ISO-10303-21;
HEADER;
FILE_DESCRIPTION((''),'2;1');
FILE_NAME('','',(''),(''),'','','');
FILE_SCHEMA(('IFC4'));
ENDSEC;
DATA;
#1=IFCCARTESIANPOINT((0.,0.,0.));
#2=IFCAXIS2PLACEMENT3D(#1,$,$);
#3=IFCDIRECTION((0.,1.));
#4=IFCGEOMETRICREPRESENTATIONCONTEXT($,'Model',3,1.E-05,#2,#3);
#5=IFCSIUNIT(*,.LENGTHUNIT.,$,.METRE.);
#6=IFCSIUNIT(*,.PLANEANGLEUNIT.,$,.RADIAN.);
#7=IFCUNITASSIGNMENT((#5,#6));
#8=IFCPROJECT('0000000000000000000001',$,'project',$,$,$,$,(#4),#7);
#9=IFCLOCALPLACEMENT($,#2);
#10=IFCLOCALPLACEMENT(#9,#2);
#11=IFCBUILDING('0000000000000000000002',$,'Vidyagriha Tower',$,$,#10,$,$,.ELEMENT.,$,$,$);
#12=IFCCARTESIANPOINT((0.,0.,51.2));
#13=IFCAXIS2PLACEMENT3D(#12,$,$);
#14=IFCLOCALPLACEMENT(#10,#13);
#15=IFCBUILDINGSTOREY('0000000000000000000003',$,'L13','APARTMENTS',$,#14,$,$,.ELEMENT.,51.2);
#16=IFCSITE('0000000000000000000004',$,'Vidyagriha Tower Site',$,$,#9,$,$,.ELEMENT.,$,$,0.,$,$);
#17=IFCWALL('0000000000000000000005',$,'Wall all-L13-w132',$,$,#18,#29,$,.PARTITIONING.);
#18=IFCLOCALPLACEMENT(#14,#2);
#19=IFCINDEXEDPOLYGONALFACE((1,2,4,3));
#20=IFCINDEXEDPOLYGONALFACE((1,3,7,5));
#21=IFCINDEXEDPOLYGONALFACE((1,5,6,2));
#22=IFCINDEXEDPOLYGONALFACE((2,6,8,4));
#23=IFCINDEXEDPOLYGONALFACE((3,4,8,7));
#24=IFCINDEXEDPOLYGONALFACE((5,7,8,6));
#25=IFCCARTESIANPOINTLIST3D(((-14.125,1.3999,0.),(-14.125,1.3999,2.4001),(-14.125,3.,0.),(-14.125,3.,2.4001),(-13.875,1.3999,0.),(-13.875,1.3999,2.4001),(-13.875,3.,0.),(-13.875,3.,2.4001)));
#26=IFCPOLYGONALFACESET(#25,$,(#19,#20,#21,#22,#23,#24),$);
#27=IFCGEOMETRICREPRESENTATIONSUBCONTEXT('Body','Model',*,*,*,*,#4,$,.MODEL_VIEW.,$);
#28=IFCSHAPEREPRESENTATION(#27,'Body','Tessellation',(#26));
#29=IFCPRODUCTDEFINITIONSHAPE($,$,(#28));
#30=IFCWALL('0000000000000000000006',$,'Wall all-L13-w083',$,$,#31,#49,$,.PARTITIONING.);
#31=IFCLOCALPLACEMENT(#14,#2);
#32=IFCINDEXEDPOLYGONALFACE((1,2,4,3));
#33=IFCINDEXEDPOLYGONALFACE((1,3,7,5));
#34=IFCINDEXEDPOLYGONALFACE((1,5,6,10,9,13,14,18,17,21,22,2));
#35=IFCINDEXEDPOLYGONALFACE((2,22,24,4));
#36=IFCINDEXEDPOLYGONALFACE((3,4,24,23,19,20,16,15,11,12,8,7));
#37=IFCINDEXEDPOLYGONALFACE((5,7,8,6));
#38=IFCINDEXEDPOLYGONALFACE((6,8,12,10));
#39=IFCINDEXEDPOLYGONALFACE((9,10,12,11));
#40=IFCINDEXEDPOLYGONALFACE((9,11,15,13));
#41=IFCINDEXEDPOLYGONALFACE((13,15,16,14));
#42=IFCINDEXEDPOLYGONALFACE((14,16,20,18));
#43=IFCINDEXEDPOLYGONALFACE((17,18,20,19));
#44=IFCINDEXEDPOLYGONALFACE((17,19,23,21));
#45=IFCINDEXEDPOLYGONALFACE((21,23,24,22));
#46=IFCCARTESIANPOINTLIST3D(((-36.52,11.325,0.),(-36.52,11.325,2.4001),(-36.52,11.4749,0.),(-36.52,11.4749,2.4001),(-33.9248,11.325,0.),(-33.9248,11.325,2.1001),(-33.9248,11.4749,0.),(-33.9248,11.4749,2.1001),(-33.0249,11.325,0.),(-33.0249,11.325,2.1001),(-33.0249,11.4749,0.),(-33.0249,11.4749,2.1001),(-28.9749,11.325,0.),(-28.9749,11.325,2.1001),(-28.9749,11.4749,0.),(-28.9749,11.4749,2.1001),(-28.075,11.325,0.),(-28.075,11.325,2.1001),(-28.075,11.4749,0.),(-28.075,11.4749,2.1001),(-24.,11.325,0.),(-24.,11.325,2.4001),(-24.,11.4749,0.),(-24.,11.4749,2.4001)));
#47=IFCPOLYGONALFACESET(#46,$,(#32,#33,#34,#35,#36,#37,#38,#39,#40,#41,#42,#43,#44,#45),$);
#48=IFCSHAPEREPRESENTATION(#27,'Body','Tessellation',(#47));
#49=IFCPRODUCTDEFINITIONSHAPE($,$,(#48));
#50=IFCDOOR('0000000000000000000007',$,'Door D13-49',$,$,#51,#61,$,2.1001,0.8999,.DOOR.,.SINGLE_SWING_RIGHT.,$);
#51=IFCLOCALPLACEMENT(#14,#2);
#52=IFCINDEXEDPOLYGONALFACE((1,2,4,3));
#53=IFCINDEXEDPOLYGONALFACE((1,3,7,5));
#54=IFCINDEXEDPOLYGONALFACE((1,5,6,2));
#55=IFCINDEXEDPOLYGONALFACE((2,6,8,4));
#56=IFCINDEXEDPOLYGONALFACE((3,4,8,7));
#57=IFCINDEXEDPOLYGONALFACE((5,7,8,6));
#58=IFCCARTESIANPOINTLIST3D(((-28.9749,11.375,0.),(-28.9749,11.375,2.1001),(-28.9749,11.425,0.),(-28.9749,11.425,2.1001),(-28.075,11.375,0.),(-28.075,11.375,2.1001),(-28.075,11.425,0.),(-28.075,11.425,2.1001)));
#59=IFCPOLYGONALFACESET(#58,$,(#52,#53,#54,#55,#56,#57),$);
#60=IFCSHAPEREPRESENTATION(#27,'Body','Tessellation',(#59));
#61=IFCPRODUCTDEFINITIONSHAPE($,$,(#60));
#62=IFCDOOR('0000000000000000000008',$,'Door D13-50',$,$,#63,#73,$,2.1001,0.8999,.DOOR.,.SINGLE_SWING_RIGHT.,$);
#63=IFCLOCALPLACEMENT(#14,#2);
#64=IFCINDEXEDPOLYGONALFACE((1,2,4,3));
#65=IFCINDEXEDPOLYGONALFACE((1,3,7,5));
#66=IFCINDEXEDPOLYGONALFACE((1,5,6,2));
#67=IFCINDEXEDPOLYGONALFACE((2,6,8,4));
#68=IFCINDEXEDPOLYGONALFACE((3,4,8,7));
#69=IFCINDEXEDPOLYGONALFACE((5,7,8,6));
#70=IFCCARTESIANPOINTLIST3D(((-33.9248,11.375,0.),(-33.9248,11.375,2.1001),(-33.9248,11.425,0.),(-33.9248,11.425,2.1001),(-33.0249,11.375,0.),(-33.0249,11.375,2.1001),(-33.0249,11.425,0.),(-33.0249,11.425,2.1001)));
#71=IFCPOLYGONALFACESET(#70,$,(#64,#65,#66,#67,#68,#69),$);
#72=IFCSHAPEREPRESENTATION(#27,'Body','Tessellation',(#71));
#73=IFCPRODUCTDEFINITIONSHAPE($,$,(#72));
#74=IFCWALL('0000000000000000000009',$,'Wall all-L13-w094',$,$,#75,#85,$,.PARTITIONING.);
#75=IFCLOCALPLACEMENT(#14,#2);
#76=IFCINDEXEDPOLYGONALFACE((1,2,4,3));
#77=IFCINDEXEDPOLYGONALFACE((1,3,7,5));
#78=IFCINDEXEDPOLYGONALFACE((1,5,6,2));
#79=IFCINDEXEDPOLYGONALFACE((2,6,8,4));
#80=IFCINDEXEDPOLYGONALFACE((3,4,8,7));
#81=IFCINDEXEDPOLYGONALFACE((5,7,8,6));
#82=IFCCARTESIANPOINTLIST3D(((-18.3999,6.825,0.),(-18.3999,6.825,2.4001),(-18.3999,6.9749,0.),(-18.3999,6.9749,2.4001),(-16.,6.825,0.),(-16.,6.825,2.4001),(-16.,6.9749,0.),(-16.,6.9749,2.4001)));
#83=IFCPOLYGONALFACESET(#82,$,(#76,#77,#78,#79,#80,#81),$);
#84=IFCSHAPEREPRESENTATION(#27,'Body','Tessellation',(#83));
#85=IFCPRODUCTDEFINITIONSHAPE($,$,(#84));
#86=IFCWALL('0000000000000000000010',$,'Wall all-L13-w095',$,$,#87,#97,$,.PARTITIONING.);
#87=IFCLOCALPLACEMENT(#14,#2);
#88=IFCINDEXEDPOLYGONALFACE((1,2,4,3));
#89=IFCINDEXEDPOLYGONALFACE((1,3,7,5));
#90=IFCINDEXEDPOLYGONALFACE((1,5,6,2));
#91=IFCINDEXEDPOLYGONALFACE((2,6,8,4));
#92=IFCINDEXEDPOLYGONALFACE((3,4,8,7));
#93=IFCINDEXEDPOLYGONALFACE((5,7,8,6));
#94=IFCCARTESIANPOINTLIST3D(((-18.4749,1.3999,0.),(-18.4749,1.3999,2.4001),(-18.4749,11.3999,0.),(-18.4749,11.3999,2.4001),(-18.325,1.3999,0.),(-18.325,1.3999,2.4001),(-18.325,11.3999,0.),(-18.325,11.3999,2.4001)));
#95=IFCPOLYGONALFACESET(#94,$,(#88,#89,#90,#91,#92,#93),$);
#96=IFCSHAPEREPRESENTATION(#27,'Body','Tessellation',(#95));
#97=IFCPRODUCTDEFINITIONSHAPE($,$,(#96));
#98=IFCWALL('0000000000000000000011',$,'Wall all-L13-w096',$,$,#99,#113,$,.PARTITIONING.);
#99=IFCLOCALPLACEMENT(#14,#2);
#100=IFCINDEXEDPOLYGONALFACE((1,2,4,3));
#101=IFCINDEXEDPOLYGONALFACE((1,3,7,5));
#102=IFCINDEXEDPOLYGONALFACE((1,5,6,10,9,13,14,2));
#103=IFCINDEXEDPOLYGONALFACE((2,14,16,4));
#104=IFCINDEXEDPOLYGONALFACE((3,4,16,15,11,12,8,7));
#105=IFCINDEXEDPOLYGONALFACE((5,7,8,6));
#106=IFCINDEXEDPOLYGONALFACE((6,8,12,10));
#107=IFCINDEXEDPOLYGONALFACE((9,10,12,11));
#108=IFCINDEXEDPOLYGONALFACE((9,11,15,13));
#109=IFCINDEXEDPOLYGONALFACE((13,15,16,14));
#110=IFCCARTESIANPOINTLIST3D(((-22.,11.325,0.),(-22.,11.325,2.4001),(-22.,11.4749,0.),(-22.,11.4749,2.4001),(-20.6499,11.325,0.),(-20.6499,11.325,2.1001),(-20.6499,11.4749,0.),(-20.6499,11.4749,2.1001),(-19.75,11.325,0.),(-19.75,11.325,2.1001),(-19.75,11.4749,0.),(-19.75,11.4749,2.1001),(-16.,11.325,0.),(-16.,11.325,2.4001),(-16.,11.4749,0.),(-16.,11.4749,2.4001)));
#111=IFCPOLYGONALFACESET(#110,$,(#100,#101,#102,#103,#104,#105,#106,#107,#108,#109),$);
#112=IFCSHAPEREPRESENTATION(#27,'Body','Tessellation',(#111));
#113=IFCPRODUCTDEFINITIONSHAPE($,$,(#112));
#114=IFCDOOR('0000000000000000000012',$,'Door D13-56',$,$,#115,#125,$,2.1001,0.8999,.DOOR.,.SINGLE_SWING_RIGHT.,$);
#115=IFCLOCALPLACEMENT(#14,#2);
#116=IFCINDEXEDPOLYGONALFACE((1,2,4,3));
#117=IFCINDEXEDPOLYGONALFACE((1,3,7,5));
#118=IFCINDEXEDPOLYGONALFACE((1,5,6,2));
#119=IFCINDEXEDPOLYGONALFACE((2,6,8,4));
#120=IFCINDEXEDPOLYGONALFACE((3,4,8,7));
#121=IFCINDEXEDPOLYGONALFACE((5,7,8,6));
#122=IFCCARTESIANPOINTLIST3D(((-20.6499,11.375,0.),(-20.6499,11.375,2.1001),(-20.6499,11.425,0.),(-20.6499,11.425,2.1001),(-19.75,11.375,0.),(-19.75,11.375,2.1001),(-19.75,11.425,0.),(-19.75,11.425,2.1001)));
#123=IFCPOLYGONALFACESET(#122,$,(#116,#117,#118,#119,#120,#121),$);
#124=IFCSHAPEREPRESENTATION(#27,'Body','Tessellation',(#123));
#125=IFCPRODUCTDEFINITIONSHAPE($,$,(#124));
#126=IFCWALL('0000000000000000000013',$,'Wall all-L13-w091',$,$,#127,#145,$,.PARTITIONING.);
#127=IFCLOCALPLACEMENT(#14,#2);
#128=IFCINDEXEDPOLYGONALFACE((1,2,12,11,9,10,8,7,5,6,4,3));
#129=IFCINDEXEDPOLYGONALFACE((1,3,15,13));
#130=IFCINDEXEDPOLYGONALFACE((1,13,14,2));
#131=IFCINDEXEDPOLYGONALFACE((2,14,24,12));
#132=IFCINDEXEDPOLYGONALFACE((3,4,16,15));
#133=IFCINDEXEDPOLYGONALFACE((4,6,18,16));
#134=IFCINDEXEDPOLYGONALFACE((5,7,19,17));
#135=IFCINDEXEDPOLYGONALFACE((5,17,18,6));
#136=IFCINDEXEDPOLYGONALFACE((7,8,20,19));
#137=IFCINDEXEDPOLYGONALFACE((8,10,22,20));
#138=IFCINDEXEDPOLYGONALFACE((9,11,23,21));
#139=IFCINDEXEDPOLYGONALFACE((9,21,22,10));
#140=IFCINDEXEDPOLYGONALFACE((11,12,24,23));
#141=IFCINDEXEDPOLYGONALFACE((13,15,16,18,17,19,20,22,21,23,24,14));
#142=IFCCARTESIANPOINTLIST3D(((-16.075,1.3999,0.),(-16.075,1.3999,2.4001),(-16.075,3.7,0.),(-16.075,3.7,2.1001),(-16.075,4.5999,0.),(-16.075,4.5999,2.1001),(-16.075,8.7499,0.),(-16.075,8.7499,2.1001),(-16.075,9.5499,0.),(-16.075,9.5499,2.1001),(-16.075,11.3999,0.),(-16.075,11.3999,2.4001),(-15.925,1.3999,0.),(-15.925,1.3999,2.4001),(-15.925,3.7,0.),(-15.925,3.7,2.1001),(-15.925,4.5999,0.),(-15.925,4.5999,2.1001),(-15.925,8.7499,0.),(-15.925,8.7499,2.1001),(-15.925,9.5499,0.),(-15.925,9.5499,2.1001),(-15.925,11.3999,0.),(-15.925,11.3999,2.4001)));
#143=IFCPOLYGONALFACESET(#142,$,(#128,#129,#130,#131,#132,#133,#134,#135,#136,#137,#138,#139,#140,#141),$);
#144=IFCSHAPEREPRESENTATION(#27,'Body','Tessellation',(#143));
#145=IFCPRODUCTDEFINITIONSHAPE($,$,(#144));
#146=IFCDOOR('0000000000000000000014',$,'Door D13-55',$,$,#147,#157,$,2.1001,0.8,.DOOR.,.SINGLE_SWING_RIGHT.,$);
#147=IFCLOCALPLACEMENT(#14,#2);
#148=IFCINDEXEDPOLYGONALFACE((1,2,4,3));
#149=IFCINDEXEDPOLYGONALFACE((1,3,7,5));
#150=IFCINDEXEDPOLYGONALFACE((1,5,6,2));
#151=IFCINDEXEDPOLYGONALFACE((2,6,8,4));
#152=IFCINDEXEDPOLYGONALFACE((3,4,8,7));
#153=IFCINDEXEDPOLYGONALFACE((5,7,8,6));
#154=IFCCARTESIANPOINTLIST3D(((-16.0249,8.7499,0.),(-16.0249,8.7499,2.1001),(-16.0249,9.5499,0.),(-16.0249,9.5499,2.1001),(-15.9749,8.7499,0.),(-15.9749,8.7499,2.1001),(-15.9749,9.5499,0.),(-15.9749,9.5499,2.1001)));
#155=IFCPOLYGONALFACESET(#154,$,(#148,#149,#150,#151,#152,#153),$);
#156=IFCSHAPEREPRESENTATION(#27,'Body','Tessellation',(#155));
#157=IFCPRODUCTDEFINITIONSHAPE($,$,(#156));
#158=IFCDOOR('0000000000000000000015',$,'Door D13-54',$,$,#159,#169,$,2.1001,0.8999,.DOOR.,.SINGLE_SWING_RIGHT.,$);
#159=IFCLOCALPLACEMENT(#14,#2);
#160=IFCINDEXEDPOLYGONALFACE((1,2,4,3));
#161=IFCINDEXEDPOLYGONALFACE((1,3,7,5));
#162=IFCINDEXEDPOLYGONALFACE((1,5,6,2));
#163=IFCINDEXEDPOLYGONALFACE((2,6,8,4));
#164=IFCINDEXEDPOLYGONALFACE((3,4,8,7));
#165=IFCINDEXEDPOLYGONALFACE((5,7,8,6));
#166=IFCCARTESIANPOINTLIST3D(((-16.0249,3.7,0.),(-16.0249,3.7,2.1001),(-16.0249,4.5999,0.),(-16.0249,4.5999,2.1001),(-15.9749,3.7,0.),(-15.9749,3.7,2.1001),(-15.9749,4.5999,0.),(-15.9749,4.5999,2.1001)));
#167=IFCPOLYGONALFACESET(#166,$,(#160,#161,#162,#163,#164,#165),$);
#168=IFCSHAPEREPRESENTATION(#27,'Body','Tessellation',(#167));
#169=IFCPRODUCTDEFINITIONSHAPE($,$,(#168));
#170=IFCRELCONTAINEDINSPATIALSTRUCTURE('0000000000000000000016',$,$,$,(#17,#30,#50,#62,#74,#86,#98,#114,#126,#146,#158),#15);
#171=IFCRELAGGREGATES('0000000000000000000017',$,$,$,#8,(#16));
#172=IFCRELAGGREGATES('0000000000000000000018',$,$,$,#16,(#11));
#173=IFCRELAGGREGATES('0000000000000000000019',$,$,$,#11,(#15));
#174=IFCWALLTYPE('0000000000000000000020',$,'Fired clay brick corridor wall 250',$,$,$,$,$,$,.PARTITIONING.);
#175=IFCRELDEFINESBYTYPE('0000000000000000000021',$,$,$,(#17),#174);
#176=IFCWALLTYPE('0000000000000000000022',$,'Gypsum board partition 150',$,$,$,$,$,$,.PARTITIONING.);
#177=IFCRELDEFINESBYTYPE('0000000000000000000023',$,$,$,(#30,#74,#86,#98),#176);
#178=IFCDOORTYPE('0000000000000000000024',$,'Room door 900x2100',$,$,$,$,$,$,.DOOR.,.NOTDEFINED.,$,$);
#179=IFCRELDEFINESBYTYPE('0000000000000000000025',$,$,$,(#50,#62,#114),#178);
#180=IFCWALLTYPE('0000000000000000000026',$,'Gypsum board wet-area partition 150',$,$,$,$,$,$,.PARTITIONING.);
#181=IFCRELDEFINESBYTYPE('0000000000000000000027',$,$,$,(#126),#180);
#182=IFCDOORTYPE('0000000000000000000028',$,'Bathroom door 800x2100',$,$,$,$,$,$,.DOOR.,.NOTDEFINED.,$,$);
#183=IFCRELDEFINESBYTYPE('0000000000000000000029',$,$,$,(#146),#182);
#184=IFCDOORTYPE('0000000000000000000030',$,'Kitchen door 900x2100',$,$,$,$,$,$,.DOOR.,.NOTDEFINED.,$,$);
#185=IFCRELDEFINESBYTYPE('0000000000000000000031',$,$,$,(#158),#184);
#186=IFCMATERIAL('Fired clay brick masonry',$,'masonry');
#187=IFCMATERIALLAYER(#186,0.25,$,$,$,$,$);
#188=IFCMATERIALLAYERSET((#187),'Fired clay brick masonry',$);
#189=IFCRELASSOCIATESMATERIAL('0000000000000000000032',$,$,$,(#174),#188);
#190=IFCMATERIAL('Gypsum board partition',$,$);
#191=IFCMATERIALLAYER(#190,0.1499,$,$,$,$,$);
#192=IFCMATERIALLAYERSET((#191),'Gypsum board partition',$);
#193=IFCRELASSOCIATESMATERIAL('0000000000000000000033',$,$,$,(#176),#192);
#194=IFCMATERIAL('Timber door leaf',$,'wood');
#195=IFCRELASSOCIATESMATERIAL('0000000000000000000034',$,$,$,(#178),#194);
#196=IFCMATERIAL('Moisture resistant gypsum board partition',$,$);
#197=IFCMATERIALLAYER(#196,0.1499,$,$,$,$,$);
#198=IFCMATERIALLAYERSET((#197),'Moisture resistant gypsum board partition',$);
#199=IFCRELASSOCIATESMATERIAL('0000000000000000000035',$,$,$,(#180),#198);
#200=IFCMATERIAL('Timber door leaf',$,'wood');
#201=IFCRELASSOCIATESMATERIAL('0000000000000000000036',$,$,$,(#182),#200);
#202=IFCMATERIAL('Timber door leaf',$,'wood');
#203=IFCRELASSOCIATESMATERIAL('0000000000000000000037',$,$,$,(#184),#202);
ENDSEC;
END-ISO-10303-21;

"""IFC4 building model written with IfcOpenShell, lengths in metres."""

from ifc_helpers import new_model, si_unit, direction, frame, frame_2d, origin, place, context, subcontext, project, spatial, rectangle, extrude, material, layer, layer_set, type_object, element, fill, save


model = new_model("IFC4")

# Units and contexts
model_context = context("Model", 3, precision=1e-05, world=origin(), true_north=direction((0.0, 1.0)))
body_context = subcontext(model_context, "Body", "Model", "MODEL_VIEW")
ifc_project = project(units=[si_unit("LENGTHUNIT", "METRE"), si_unit("PLANEANGLEUNIT", "RADIAN")], contexts=[model_context])

# Site, building, storey
site_placement = place(None, origin())
site = spatial("IfcSite", under=ifc_project, at=site_placement, Name="Vidyagriha Tower Site", CompositionType="ELEMENT", RefElevation=0.0)
building_placement = place(site_placement, origin())
building = spatial("IfcBuilding", under=site, at=building_placement, Name="Vidyagriha Tower", CompositionType="ELEMENT")
storey_placement = place(building_placement, frame((0.0, 0.0, 51.2)))
storey = spatial("IfcBuildingStorey", under=building, at=storey_placement, Name="L13", Description="APARTMENTS", CompositionType="ELEMENT", Elevation=51.2)

# Wall
ifc_material_1 = material(Name="Fired clay brick masonry", Category="masonry")
ifc_layer_1 = layer(ifc_material_1, 0.25)
ifc_layer_set_1 = layer_set([ifc_layer_1], Name="Fired clay brick masonry")
wall_type_1 = type_object("IfcWallType", Name="Fired clay brick corridor wall 250", PredefinedType="PARTITIONING", material=ifc_layer_set_1)
wall_1_placement = place(storey_placement, frame((-14.0, 3.0, 0.0), z_axis=(0.0, 0.0, 1.0), x_axis=(0.0, -1.0, 0.0)))
element("IfcWall", 1, at=wall_1_placement, inside=storey, type_object=wall_type_1, Name="Wall all-L13-w132", PredefinedType="PARTITIONING", context=body_context, shape_type="SweptSolid", body=[
    extrude(rectangle(XDim=1.6001, YDim=0.25, at=frame_2d((0.8, 0.0))), origin(), (0.0, 0.0, 1.0), 2.4001),
])

# Wall, openings, doors
ifc_material_2 = material(Name="Gypsum board partition")
ifc_layer_2 = layer(ifc_material_2, 0.1499)
ifc_layer_set_2 = layer_set([ifc_layer_2], Name="Gypsum board partition")
wall_type_2 = type_object("IfcWallType", Name="Gypsum board partition 150", PredefinedType="PARTITIONING", material=ifc_layer_set_2)
wall_2_placement = place(storey_placement, frame((-24.0, 11.3999, 0.0), z_axis=(0.0, 0.0, 1.0), x_axis=(-1.0, 0.0, 0.0)))
wall_2 = element("IfcWall", 2, at=wall_2_placement, inside=storey, type_object=wall_type_2, Name="Wall all-L13-w083", PredefinedType="PARTITIONING", context=body_context, shape_type="SweptSolid", body=[
    extrude(rectangle(XDim=12.52, YDim=0.1499, at=frame_2d((6.26, 0.0))), origin(), (0.0, 0.0, 1.0), 2.4001),
])
opening_1_placement = place(wall_2_placement, frame((4.075, 0.0, 0.0)))
opening_1 = element("IfcOpeningElement", 3, at=opening_1_placement, cuts=wall_2, PredefinedType="OPENING", context=body_context, shape_type="SweptSolid", body=[
    extrude(rectangle(XDim=0.8999, YDim=2.1001, at=frame_2d((0.45, 1.05))), frame((0.0, 0.085, 0.0), z_axis=(0.0, -1.0, 0.0), x_axis=(1.0, 0.0, 0.0)), (0.0, 0.0, 1.0), 0.1699),
])
opening_2_placement = place(wall_2_placement, frame((9.0249, 0.0, 0.0)))
opening_2 = element("IfcOpeningElement", 4, at=opening_2_placement, cuts=wall_2, PredefinedType="OPENING", context=body_context, shape_type="SweptSolid", body=[
    extrude(rectangle(XDim=0.8999, YDim=2.1001, at=frame_2d((0.45, 1.05))), frame((0.0, 0.085, 0.0), z_axis=(0.0, -1.0, 0.0), x_axis=(1.0, 0.0, 0.0)), (0.0, 0.0, 1.0), 0.1699),
])
ifc_material_3 = material(Name="Timber door leaf", Category="wood")
door_type_1 = type_object("IfcDoorType", Name="Room door 900x2100", OperationType="NOTDEFINED", PredefinedType="DOOR", material=ifc_material_3)
door_1_placement = place(opening_1_placement, origin())
door_1 = element("IfcDoor", 5, at=door_1_placement, inside=storey, type_object=door_type_1, Name="Door D13-49", OperationType="SINGLE_SWING_RIGHT", OverallHeight=2.1001, OverallWidth=0.8999, PredefinedType="DOOR", context=body_context, shape_type="SweptSolid", body=[
    extrude(rectangle(XDim=0.8999, YDim=2.1001, at=frame_2d((0.45, 1.05))), frame((0.0, 0.0249, 0.0), z_axis=(0.0, -1.0, 0.0), x_axis=(1.0, 0.0, 0.0)), (0.0, 0.0, 1.0), 0.05),
])
fill(opening_1, door_1)
door_2_placement = place(opening_2_placement, origin())
door_2 = element("IfcDoor", 6, at=door_2_placement, inside=storey, type_object=door_type_1, Name="Door D13-50", OperationType="SINGLE_SWING_RIGHT", OverallHeight=2.1001, OverallWidth=0.8999, PredefinedType="DOOR", context=body_context, shape_type="SweptSolid", body=[
    extrude(rectangle(XDim=0.8999, YDim=2.1001, at=frame_2d((0.45, 1.05))), frame((0.0, 0.0249, 0.0), z_axis=(0.0, -1.0, 0.0), x_axis=(1.0, 0.0, 0.0)), (0.0, 0.0, 1.0), 0.05),
])
fill(opening_2, door_2)

# Walls
wall_3_placement = place(storey_placement, frame((-18.3999, 6.8999, 0.0)))
element("IfcWall", 7, at=wall_3_placement, inside=storey, type_object=wall_type_2, Name="Wall all-L13-w094", PredefinedType="PARTITIONING", context=body_context, shape_type="SweptSolid", body=[
    extrude(rectangle(XDim=2.3999, YDim=0.1499, at=frame_2d((1.2, 0.0))), origin(), (0.0, 0.0, 1.0), 2.4001),
])
wall_4_placement = place(storey_placement, frame((-18.3999, 1.3999, 0.0), z_axis=(0.0, 0.0, 1.0), x_axis=(0.0, 1.0, 0.0)))
element("IfcWall", 8, at=wall_4_placement, inside=storey, type_object=wall_type_2, Name="Wall all-L13-w095", PredefinedType="PARTITIONING", context=body_context, shape_type="SweptSolid", body=[
    extrude(rectangle(XDim=10.0, YDim=0.1499, at=frame_2d((5.0, 0.0))), origin(), (0.0, 0.0, 1.0), 2.4001),
])

# Wall, opening, door
wall_5_placement = place(storey_placement, frame((-16.0, 11.3999, 0.0), z_axis=(0.0, 0.0, 1.0), x_axis=(-1.0, 0.0, 0.0)))
wall_5 = element("IfcWall", 9, at=wall_5_placement, inside=storey, type_object=wall_type_2, Name="Wall all-L13-w096", PredefinedType="PARTITIONING", context=body_context, shape_type="SweptSolid", body=[
    extrude(rectangle(XDim=6.0, YDim=0.1499, at=frame_2d((3.0, 0.0))), origin(), (0.0, 0.0, 1.0), 2.4001),
])
opening_3_placement = place(wall_5_placement, frame((3.75, 0.0, 0.0)))
opening_3 = element("IfcOpeningElement", 10, at=opening_3_placement, cuts=wall_5, PredefinedType="OPENING", context=body_context, shape_type="SweptSolid", body=[
    extrude(rectangle(XDim=0.8999, YDim=2.1001, at=frame_2d((0.45, 1.05))), frame((0.0, 0.085, 0.0), z_axis=(0.0, -1.0, 0.0), x_axis=(1.0, 0.0, 0.0)), (0.0, 0.0, 1.0), 0.1699),
])
door_3_placement = place(opening_3_placement, origin())
door_3 = element("IfcDoor", 11, at=door_3_placement, inside=storey, type_object=door_type_1, Name="Door D13-56", OperationType="SINGLE_SWING_RIGHT", OverallHeight=2.1001, OverallWidth=0.8999, PredefinedType="DOOR", context=body_context, shape_type="SweptSolid", body=[
    extrude(rectangle(XDim=0.8999, YDim=2.1001, at=frame_2d((0.45, 1.05))), frame((0.0, 0.0249, 0.0), z_axis=(0.0, -1.0, 0.0), x_axis=(1.0, 0.0, 0.0)), (0.0, 0.0, 1.0), 0.05),
])
fill(opening_3, door_3)

# Wall, openings, doors
ifc_material_4 = material(Name="Moisture resistant gypsum board partition")
ifc_layer_3 = layer(ifc_material_4, 0.1499)
ifc_layer_set_3 = layer_set([ifc_layer_3], Name="Moisture resistant gypsum board partition")
wall_type_3 = type_object("IfcWallType", Name="Gypsum board wet-area partition 150", PredefinedType="PARTITIONING", material=ifc_layer_set_3)
wall_6_placement = place(storey_placement, frame((-16.0, 1.3999, 0.0), z_axis=(0.0, 0.0, 1.0), x_axis=(0.0, 1.0, 0.0)))
wall_6 = element("IfcWall", 12, at=wall_6_placement, inside=storey, type_object=wall_type_3, Name="Wall all-L13-w091", PredefinedType="PARTITIONING", context=body_context, shape_type="SweptSolid", body=[
    extrude(rectangle(XDim=10.0, YDim=0.1499, at=frame_2d((5.0, 0.0))), origin(), (0.0, 0.0, 1.0), 2.4001),
])
opening_4_placement = place(wall_6_placement, frame((2.3, 0.0, 0.0)))
opening_4 = element("IfcOpeningElement", 13, at=opening_4_placement, cuts=wall_6, PredefinedType="OPENING", context=body_context, shape_type="SweptSolid", body=[
    extrude(rectangle(XDim=0.8999, YDim=2.1001, at=frame_2d((0.45, 1.05))), frame((0.0, 0.085, 0.0), z_axis=(0.0, -1.0, 0.0), x_axis=(1.0, 0.0, 0.0)), (0.0, 0.0, 1.0), 0.1699),
])
opening_5_placement = place(wall_6_placement, frame((7.3501, 0.0, 0.0)))
opening_5 = element("IfcOpeningElement", 14, at=opening_5_placement, cuts=wall_6, PredefinedType="OPENING", context=body_context, shape_type="SweptSolid", body=[
    extrude(rectangle(XDim=0.8, YDim=2.1001, at=frame_2d((0.3999, 1.05))), frame((0.0, 0.085, 0.0), z_axis=(0.0, -1.0, 0.0), x_axis=(1.0, 0.0, 0.0)), (0.0, 0.0, 1.0), 0.1699),
])
ifc_material_5 = material(Name="Timber door leaf", Category="wood")
door_type_2 = type_object("IfcDoorType", Name="Bathroom door 800x2100", OperationType="NOTDEFINED", PredefinedType="DOOR", material=ifc_material_5)
door_4_placement = place(opening_5_placement, origin())
door_4 = element("IfcDoor", 15, at=door_4_placement, inside=storey, type_object=door_type_2, Name="Door D13-55", OperationType="SINGLE_SWING_RIGHT", OverallHeight=2.1001, OverallWidth=0.8, PredefinedType="DOOR", context=body_context, shape_type="SweptSolid", body=[
    extrude(rectangle(XDim=0.8, YDim=2.1001, at=frame_2d((0.3999, 1.05))), frame((0.0, 0.0249, 0.0), z_axis=(0.0, -1.0, 0.0), x_axis=(1.0, 0.0, 0.0)), (0.0, 0.0, 1.0), 0.05),
])
fill(opening_5, door_4)
ifc_material_6 = material(Name="Timber door leaf", Category="wood")
door_type_3 = type_object("IfcDoorType", Name="Kitchen door 900x2100", OperationType="NOTDEFINED", PredefinedType="DOOR", material=ifc_material_6)
door_5_placement = place(opening_4_placement, origin())
door_5 = element("IfcDoor", 16, at=door_5_placement, inside=storey, type_object=door_type_3, Name="Door D13-54", OperationType="SINGLE_SWING_RIGHT", OverallHeight=2.1001, OverallWidth=0.8999, PredefinedType="DOOR", context=body_context, shape_type="SweptSolid", body=[
    extrude(rectangle(XDim=0.8999, YDim=2.1001, at=frame_2d((0.45, 1.05))), frame((0.0, 0.0249, 0.0), z_axis=(0.0, -1.0, 0.0), x_axis=(1.0, 0.0, 0.0)), (0.0, 0.0, 1.0), 0.05),
])
fill(opening_4, door_5)

save(model, "model.ifc")
